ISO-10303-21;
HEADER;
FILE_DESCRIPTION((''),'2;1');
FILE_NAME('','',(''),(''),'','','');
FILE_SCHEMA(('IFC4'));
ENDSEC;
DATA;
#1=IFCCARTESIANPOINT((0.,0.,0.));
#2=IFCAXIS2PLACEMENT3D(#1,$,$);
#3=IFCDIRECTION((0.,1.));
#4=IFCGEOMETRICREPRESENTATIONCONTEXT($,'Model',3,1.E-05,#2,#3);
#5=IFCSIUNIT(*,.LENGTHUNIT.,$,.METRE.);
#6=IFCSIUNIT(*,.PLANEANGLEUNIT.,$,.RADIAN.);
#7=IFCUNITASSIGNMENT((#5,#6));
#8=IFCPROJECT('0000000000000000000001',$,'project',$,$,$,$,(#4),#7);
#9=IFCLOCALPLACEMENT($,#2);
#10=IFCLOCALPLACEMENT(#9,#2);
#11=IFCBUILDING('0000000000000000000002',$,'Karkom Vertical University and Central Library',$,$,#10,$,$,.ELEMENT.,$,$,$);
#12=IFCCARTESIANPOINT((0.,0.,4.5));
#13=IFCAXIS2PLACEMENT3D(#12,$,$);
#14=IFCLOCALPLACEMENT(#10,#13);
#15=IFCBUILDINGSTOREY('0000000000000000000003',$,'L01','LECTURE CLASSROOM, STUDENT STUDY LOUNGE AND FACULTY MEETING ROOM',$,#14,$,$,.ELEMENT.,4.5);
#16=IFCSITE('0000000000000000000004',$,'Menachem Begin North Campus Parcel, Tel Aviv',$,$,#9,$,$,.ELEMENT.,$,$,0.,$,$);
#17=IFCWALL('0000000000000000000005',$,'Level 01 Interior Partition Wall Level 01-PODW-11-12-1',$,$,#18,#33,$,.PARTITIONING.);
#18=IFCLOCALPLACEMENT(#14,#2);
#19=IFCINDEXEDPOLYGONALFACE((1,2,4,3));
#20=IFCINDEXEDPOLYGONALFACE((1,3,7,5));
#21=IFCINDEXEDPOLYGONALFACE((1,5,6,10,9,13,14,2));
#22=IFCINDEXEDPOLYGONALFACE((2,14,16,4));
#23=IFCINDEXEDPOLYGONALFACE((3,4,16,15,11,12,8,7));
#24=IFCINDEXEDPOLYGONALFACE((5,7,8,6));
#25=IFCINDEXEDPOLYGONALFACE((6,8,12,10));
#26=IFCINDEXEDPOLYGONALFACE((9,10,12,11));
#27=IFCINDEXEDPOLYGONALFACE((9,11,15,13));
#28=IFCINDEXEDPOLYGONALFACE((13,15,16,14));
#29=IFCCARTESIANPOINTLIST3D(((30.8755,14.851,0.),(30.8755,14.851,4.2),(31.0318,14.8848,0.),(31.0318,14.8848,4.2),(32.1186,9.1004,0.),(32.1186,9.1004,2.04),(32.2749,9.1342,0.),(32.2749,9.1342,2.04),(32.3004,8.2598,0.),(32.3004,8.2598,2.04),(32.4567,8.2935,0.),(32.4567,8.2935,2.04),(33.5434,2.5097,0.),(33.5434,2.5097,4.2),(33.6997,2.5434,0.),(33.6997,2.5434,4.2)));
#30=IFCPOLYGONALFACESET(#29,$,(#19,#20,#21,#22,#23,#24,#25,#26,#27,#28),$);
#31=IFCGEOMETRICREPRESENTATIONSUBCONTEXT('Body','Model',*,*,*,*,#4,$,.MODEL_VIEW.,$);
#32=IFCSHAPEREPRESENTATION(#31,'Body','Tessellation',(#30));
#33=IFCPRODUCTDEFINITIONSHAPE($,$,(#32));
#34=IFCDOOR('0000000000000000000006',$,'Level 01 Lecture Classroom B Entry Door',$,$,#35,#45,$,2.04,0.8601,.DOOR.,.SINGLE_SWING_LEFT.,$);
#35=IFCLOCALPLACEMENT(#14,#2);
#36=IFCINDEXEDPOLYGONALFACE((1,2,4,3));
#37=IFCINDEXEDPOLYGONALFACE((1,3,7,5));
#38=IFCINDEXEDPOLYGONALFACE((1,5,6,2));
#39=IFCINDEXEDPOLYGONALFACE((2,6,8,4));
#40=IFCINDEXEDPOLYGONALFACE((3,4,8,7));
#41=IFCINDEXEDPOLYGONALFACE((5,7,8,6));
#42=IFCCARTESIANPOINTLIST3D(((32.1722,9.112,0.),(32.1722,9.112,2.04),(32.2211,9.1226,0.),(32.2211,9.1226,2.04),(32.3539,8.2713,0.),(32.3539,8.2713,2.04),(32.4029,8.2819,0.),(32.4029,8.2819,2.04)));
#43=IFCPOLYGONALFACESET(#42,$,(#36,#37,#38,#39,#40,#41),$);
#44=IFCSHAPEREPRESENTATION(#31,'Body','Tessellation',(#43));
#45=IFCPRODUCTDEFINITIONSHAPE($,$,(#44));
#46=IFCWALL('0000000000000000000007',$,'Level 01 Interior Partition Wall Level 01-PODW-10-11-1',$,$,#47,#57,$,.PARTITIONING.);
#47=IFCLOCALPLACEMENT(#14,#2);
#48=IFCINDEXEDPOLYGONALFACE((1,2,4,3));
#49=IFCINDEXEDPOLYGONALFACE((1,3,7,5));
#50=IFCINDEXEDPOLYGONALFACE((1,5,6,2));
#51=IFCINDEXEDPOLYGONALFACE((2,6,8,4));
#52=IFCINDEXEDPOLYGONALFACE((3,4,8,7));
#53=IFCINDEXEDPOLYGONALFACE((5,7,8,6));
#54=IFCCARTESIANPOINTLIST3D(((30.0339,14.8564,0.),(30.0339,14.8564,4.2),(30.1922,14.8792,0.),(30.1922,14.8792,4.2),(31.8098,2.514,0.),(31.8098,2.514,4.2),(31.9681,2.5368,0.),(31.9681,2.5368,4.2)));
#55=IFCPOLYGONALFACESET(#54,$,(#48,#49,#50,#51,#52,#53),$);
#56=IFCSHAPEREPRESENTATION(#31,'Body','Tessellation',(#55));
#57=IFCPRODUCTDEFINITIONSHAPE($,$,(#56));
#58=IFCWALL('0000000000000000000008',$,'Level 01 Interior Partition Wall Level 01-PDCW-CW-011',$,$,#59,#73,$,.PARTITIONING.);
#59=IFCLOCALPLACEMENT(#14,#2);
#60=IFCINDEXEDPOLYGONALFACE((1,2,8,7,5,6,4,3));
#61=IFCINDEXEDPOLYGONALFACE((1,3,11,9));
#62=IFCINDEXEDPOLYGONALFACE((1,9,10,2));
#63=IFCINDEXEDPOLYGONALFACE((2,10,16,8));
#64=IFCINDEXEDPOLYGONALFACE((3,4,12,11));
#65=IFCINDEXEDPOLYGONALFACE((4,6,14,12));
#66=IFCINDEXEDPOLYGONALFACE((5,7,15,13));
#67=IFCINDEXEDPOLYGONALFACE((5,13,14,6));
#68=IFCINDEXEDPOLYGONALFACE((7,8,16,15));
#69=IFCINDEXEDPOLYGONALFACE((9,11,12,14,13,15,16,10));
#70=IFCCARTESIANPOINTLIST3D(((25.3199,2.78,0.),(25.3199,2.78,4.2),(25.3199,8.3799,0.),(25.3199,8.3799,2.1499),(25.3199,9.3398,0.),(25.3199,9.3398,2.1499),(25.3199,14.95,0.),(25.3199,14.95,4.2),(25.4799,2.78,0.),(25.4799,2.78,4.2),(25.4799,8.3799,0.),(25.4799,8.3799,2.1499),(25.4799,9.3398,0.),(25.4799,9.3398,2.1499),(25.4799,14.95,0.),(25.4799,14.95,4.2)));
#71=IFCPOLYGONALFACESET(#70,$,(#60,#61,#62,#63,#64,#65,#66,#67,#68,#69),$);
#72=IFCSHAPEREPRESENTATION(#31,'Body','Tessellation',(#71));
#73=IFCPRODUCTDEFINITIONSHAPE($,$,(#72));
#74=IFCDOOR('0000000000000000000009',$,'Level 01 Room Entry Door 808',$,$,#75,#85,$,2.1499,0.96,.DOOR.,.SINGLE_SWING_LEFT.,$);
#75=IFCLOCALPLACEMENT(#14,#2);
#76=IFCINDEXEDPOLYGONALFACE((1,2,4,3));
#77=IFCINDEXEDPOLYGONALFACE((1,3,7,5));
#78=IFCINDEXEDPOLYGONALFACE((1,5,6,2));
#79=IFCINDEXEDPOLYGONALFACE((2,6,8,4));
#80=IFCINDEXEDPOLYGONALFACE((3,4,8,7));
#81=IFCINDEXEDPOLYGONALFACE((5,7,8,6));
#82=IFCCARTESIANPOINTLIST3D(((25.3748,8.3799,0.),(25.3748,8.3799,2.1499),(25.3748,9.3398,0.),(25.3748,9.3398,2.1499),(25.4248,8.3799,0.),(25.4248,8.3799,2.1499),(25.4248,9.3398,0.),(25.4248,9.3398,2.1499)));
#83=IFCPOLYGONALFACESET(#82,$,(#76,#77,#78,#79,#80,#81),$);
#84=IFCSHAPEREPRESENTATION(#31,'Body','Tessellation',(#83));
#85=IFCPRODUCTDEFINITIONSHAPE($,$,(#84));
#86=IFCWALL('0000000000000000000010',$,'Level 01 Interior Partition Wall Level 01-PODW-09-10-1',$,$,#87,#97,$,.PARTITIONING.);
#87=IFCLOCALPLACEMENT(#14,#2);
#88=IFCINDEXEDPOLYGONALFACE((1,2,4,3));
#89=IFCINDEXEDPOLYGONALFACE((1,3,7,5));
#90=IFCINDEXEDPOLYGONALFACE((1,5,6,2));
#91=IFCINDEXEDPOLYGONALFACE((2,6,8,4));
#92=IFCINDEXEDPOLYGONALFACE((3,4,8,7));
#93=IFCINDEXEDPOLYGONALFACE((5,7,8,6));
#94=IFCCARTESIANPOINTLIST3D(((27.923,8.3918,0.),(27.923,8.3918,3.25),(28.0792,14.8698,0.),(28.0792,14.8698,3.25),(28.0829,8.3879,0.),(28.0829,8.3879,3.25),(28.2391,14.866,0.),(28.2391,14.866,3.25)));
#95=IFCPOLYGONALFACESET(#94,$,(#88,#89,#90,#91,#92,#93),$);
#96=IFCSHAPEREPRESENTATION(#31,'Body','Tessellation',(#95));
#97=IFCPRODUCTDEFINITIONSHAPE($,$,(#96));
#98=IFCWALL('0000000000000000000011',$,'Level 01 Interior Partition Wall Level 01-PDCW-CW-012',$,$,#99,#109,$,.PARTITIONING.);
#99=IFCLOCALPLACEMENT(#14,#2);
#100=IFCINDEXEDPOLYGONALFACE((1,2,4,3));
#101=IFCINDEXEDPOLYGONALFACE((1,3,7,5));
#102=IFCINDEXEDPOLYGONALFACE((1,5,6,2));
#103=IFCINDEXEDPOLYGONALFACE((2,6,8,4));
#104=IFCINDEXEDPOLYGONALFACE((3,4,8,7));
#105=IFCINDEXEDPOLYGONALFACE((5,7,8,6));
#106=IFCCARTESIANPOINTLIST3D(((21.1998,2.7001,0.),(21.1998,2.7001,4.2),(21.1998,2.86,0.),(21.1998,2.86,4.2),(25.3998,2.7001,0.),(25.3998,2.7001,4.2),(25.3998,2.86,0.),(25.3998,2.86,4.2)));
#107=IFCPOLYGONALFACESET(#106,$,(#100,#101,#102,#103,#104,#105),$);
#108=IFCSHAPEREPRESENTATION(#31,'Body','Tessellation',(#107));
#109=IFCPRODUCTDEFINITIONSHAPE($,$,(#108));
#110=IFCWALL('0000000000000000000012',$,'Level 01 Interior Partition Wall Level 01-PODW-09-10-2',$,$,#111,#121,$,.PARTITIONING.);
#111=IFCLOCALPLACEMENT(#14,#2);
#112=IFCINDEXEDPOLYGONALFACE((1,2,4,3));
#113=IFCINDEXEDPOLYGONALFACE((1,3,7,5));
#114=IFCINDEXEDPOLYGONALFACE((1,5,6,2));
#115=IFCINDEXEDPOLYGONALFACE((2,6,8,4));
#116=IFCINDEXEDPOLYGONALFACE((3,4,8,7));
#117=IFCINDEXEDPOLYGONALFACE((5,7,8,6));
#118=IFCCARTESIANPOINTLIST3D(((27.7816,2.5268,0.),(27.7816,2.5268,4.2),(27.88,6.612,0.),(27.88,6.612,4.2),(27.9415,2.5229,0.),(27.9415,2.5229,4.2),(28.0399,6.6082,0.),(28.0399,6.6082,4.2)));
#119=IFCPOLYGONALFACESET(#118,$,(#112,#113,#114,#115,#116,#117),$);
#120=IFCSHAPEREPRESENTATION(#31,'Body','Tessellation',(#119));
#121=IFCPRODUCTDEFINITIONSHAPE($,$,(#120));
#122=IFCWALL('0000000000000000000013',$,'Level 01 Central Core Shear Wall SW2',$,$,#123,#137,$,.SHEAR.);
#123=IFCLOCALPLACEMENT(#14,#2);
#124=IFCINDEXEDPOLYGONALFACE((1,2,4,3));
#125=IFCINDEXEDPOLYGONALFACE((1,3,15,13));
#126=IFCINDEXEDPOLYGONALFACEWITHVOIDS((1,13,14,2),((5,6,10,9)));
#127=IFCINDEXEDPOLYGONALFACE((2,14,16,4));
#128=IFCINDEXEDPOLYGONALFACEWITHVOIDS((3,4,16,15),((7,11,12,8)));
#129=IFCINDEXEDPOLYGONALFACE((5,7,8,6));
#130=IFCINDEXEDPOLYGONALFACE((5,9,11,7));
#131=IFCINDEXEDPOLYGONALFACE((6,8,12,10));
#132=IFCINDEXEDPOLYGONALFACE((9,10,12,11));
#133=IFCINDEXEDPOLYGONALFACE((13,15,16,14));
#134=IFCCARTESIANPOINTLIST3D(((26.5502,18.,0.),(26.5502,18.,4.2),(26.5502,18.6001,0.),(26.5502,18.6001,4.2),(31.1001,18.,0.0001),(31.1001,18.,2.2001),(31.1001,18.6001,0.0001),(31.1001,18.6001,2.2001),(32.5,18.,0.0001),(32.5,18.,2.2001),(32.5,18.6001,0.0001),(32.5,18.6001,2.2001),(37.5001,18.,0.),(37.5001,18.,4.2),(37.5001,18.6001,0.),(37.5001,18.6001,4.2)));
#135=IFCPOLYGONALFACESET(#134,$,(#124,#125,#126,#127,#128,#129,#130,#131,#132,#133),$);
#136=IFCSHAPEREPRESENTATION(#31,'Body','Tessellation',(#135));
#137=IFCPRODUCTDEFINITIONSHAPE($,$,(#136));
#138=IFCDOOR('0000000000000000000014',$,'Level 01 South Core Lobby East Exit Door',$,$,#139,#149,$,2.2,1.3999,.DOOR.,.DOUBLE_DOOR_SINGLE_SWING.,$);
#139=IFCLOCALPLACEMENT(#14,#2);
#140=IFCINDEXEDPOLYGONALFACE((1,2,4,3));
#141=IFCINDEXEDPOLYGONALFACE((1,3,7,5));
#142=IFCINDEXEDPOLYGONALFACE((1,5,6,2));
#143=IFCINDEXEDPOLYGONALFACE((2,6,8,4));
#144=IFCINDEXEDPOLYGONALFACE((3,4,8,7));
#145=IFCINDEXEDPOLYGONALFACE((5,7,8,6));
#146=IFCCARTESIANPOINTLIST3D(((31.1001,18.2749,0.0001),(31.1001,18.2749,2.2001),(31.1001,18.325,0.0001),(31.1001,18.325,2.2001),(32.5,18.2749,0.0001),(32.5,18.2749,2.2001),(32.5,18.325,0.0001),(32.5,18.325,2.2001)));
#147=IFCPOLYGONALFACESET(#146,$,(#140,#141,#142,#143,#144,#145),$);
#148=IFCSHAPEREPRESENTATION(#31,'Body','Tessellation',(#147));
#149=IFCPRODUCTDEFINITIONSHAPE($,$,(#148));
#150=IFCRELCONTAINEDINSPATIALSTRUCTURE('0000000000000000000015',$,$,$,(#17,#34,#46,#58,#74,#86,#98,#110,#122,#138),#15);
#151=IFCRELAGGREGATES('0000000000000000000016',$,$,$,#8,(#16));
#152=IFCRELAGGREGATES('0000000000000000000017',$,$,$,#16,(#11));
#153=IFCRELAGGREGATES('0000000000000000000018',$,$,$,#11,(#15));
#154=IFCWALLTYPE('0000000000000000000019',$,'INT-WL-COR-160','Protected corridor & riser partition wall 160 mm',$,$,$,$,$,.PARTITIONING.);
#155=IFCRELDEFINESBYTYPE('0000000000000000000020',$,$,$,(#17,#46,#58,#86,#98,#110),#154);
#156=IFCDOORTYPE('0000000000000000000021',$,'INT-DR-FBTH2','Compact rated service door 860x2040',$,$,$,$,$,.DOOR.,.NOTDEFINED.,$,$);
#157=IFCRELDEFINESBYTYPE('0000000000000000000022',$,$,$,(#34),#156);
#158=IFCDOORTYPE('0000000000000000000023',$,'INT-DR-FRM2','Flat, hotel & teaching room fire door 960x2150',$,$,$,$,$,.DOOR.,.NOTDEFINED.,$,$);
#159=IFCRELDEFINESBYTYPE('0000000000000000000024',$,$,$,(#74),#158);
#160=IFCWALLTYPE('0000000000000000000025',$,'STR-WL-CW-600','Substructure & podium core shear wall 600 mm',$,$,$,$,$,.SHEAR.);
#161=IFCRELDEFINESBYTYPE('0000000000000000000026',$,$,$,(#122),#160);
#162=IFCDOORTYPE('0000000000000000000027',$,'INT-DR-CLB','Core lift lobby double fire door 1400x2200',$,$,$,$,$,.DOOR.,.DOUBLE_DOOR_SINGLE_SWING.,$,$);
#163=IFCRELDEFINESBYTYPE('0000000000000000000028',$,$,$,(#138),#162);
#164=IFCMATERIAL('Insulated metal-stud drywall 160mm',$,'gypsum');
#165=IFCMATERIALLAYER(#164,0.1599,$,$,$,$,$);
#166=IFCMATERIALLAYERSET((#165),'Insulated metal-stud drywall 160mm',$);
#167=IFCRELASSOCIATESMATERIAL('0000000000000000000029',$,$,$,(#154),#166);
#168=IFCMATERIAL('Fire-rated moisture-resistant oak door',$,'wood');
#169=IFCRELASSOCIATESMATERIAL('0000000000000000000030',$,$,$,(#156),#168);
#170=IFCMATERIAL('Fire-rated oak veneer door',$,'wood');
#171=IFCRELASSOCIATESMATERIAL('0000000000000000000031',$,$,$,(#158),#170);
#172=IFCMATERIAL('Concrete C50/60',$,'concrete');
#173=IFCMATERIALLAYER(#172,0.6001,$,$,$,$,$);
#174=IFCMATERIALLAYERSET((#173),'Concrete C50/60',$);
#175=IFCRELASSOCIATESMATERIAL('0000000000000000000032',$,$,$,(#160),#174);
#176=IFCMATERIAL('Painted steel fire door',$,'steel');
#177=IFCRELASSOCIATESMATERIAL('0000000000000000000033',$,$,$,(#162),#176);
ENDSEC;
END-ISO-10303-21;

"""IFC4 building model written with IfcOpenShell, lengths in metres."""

from ifc_helpers import new_model, si_unit, direction, frame, frame_2d, origin, origin_with_axes, place, context, subcontext, project, spatial, rectangle, extrude, source, transform, mapped, material, layer, layer_set, type_object, element, fill, save


model = new_model("IFC4")

# Units and contexts
model_context = context("Model", 3, precision=1e-05, world=origin(), true_north=direction((0.0, 1.0)))
body_context = subcontext(model_context, "Body", "Model", "MODEL_VIEW")
ifc_project = project(units=[si_unit("LENGTHUNIT", "METRE"), si_unit("PLANEANGLEUNIT", "RADIAN")], contexts=[model_context])

# Site, building, storey
site_placement = place(None, origin())
site = spatial("IfcSite", under=ifc_project, at=site_placement, Name="Menachem Begin North Campus Parcel, Tel Aviv", CompositionType="ELEMENT", RefElevation=0.0)
building_placement = place(site_placement, origin())
building = spatial("IfcBuilding", under=site, at=building_placement, Name="Karkom Vertical University and Central Library", CompositionType="ELEMENT")
storey_placement = place(building_placement, frame((0.0, 0.0, 4.5)))
storey = spatial("IfcBuildingStorey", under=building, at=storey_placement, Name="L01", Description="LECTURE CLASSROOM, STUDENT STUDY LOUNGE AND FACULTY MEETING ROOM", CompositionType="ELEMENT", Elevation=4.5)

# Shared definitions
ifc_material_1 = material(Name="Concrete C50/60", Category="concrete")

# Shared definitions
ifc_material_2 = material(Name="Insulated metal-stud drywall 160mm", Category="gypsum")
ifc_layer_1 = layer(ifc_material_2, 0.1599)
ifc_layer_set_1 = layer_set([ifc_layer_1], Name="Insulated metal-stud drywall 160mm")
wall_type_1 = type_object("IfcWallType", Name="INT-WL-COR-160", Description="Protected corridor & riser partition wall 160 mm", PredefinedType="PARTITIONING", material=ifc_layer_set_1)
ifc_material_3 = material(Name="Fire-rated moisture-resistant oak door", Category="wood")
door_type_1 = type_object("IfcDoorType", Name="INT-DR-FBTH2", Description="Compact rated service door 860x2040", OperationType="NOTDEFINED", PredefinedType="DOOR", material=ifc_material_3)
shared_shape_1 = source(origin_with_axes(), body_context, "Body", "SweptSolid", [
    extrude(rectangle(XDim=0.8601, YDim=2.04, at=frame_2d((0.4302, 1.02))), frame((0.0, 0.0249, 0.0), z_axis=(0.0, -1.0, 0.0), x_axis=(1.0, 0.0, 0.0)), (0.0, 0.0, 1.0), 0.05),
])

# Wall, opening, door
ifc_material_4 = material(Name="Fire-rated oak veneer door", Category="wood")
door_type_2 = type_object("IfcDoorType", Name="INT-DR-FRM2", Description="Flat, hotel & teaching room fire door 960x2150", OperationType="NOTDEFINED", PredefinedType="DOOR", material=ifc_material_4)
shared_shape_2 = source(origin_with_axes(), body_context, "Body", "SweptSolid", [
    extrude(rectangle(XDim=0.96, YDim=2.1499, at=frame_2d((0.48, 1.075))), frame((0.0, 0.0249, 0.0), z_axis=(0.0, -1.0, 0.0), x_axis=(1.0, 0.0, 0.0)), (0.0, 0.0, 1.0), 0.05),
])
wall_1_placement = place(storey_placement, frame((30.9536, 14.8679, 0.0), z_axis=(0.0, 0.0, 1.0), x_axis=(0.211301, -0.977421, 0.0)))
wall_1 = element("IfcWall", 1, at=wall_1_placement, inside=storey, type_object=wall_type_1, Name="Level 01 Interior Partition Wall Level 01-PODW-11-12-1", PredefinedType="PARTITIONING", context=body_context, shape_type="SweptSolid", body=[
    extrude(rectangle(XDim=12.6265, YDim=0.1599, at=frame_2d((6.3132, 0.0))), origin(), (0.0, 0.0, 1.0), 4.2),
])
opening_1_placement = place(wall_1_placement, frame((5.8833, 0.0, 0.0)))
opening_1 = element("IfcOpeningElement", 2, at=opening_1_placement, cuts=wall_1, PredefinedType="OPENING", context=body_context, shape_type="SweptSolid", body=[
    extrude(rectangle(XDim=0.8601, YDim=2.04, at=frame_2d((0.4302, 1.02))), frame((0.0, 0.0898, 0.0), z_axis=(0.0, -1.0, 0.0), x_axis=(1.0, 0.0, 0.0)), (0.0, 0.0, 1.0), 0.1799),
])
door_1_placement = place(opening_1_placement, origin())
door_1 = element("IfcDoor", 3, at=door_1_placement, inside=storey, type_object=door_type_1, Name="Level 01 Lecture Classroom B Entry Door", OperationType="SINGLE_SWING_LEFT", OverallHeight=2.04, OverallWidth=0.8601, PredefinedType="DOOR", context=body_context, shape_type="MappedRepresentation", body=[
    mapped(shared_shape_1, transform((0.0, 0.0, 0.0), scale=1.0)),
])
fill(opening_1, door_1)

# Wall
wall_2_placement = place(storey_placement, frame((30.113, 14.8679, 0.0), z_axis=(0.0, 0.0, 1.0), x_axis=(0.142419, -0.989806, 0.0)))
element("IfcWall", 4, at=wall_2_placement, inside=storey, type_object=wall_type_1, Name="Level 01 Interior Partition Wall Level 01-PODW-10-11-1", PredefinedType="PARTITIONING", context=body_context, shape_type="SweptSolid", body=[
    extrude(rectangle(XDim=12.4695, YDim=0.1599, at=frame_2d((6.2349, 0.0))), origin(), (0.0, 0.0, 1.0), 4.2),
])

# Wall, opening, door
wall_3_placement = place(storey_placement, frame((25.3999, 14.95, 0.0), z_axis=(0.0, 0.0, 1.0), x_axis=(0.0, -1.0, 0.0)))
wall_3 = element("IfcWall", 5, at=wall_3_placement, inside=storey, type_object=wall_type_1, Name="Level 01 Interior Partition Wall Level 01-PDCW-CW-011", PredefinedType="PARTITIONING", context=body_context, shape_type="SweptSolid", body=[
    extrude(rectangle(XDim=12.1699, YDim=0.1599, at=frame_2d((6.085, 0.0))), origin(), (0.0, 0.0, 1.0), 4.2),
])
opening_2_placement = place(wall_3_placement, frame((5.6101, 0.0, 0.0)))
opening_2 = element("IfcOpeningElement", 6, at=opening_2_placement, cuts=wall_3, PredefinedType="OPENING", context=body_context, shape_type="SweptSolid", body=[
    extrude(rectangle(XDim=0.96, YDim=2.1499, at=frame_2d((0.48, 1.075))), frame((0.0, 0.0898, 0.0), z_axis=(0.0, -1.0, 0.0), x_axis=(1.0, 0.0, 0.0)), (0.0, 0.0, 1.0), 0.1799),
])
door_2_placement = place(opening_2_placement, origin())
door_2 = element("IfcDoor", 7, at=door_2_placement, inside=storey, type_object=door_type_2, Name="Level 01 Room Entry Door 808", OperationType="SINGLE_SWING_LEFT", OverallHeight=2.1499, OverallWidth=0.96, PredefinedType="DOOR", context=body_context, shape_type="MappedRepresentation", body=[
    mapped(shared_shape_2, transform((0.0, 0.0, 0.0), scale=1.0)),
])
fill(opening_2, door_2)

# Walls
wall_4_placement = place(storey_placement, frame((28.1592, 14.8679, 0.0), z_axis=(0.0, 0.0, 1.0), x_axis=(-0.024113, -0.999709, 0.0)))
element("IfcWall", 8, at=wall_4_placement, inside=storey, type_object=wall_type_1, Name="Level 01 Interior Partition Wall Level 01-PODW-09-10-1", PredefinedType="PARTITIONING", context=body_context, shape_type="SweptSolid", body=[
    extrude(rectangle(XDim=6.48, YDim=0.1599, at=frame_2d((3.24, 0.0))), origin(), (0.0, 0.0, 1.0), 3.25),
])
wall_5_placement = place(storey_placement, frame((25.3999, 2.78, 0.0), z_axis=(0.0, 0.0, 1.0), x_axis=(-1.0, 0.0, 0.0)))
element("IfcWall", 9, at=wall_5_placement, inside=storey, type_object=wall_type_1, Name="Level 01 Interior Partition Wall Level 01-PDCW-CW-012", PredefinedType="PARTITIONING", context=body_context, shape_type="SweptSolid", body=[
    extrude(rectangle(XDim=4.2, YDim=0.1599, at=frame_2d((2.1001, 0.0))), origin(), (0.0, 0.0, 1.0), 4.2),
])
wall_6_placement = place(storey_placement, frame((27.96, 6.6101, 0.0), z_axis=(0.0, 0.0, 1.0), x_axis=(-0.024077, -0.99971, 0.0)))
element("IfcWall", 10, at=wall_6_placement, inside=storey, type_object=wall_type_1, Name="Level 01 Interior Partition Wall Level 01-PODW-09-10-2", PredefinedType="PARTITIONING", context=body_context, shape_type="SweptSolid", body=[
    extrude(rectangle(XDim=4.0864, YDim=0.1599, at=frame_2d((2.0432, 0.0))), origin(), (0.0, 0.0, 1.0), 4.2),
])

# Wall, opening, door
ifc_layer_2 = layer(ifc_material_1, 0.6001)
ifc_layer_set_2 = layer_set([ifc_layer_2], Name="Concrete C50/60")
wall_type_2 = type_object("IfcWallType", Name="STR-WL-CW-600", Description="Substructure & podium core shear wall 600 mm", PredefinedType="SHEAR", material=ifc_layer_set_2)
wall_7_placement = place(storey_placement, frame((26.55, 18.3, 0.0), z_axis=(0.0, 0.0, 1.0), x_axis=(1.0, 0.0, 0.0)))
wall_7 = element("IfcWall", 11, at=wall_7_placement, inside=storey, type_object=wall_type_2, Name="Level 01 Central Core Shear Wall SW2", PredefinedType="SHEAR", context=body_context, shape_type="SweptSolid", body=[
    extrude(rectangle(XDim=10.95, YDim=0.6001, at=frame_2d((5.4751, 0.0))), origin(), (0.0, 0.0, 1.0), 4.2),
])
opening_3_placement = place(wall_7_placement, frame((4.55, 0.0, 0.0)))
opening_3 = element("IfcOpeningElement", 12, at=opening_3_placement, cuts=wall_7, PredefinedType="OPENING", context=body_context, shape_type="SweptSolid", body=[
    extrude(rectangle(XDim=1.3999, YDim=2.2, at=frame_2d((0.7, 1.1001))), frame((0.0, 0.3101, 0.0), z_axis=(0.0, -1.0, 0.0), x_axis=(1.0, 0.0, 0.0)), (0.0, 0.0, 1.0), 0.6201),
])
ifc_material_5 = material(Name="Painted steel fire door", Category="steel")
door_type_3 = type_object("IfcDoorType", Name="INT-DR-CLB", Description="Core lift lobby double fire door 1400x2200", OperationType="DOUBLE_DOOR_SINGLE_SWING", PredefinedType="DOOR", material=ifc_material_5)
shared_shape_3 = source(origin_with_axes(), body_context, "Body", "SweptSolid", [
    extrude(rectangle(XDim=1.3999, YDim=2.2, at=frame_2d((0.7, 1.1001))), frame((0.0, 0.0249, 0.0), z_axis=(0.0, -1.0, 0.0), x_axis=(1.0, 0.0, 0.0)), (0.0, 0.0, 1.0), 0.05),
])
door_3_placement = place(opening_3_placement, origin())
door_3 = element("IfcDoor", 13, at=door_3_placement, inside=storey, type_object=door_type_3, Name="Level 01 South Core Lobby East Exit Door", OperationType="DOUBLE_DOOR_SINGLE_SWING", OverallHeight=2.2, OverallWidth=1.3999, PredefinedType="DOOR", context=body_context, shape_type="MappedRepresentation", body=[
    mapped(shared_shape_3, transform((0.0, 0.0, 0.0), scale=1.0)),
])
fill(opening_3, door_3)

save(model, "model.ifc")
